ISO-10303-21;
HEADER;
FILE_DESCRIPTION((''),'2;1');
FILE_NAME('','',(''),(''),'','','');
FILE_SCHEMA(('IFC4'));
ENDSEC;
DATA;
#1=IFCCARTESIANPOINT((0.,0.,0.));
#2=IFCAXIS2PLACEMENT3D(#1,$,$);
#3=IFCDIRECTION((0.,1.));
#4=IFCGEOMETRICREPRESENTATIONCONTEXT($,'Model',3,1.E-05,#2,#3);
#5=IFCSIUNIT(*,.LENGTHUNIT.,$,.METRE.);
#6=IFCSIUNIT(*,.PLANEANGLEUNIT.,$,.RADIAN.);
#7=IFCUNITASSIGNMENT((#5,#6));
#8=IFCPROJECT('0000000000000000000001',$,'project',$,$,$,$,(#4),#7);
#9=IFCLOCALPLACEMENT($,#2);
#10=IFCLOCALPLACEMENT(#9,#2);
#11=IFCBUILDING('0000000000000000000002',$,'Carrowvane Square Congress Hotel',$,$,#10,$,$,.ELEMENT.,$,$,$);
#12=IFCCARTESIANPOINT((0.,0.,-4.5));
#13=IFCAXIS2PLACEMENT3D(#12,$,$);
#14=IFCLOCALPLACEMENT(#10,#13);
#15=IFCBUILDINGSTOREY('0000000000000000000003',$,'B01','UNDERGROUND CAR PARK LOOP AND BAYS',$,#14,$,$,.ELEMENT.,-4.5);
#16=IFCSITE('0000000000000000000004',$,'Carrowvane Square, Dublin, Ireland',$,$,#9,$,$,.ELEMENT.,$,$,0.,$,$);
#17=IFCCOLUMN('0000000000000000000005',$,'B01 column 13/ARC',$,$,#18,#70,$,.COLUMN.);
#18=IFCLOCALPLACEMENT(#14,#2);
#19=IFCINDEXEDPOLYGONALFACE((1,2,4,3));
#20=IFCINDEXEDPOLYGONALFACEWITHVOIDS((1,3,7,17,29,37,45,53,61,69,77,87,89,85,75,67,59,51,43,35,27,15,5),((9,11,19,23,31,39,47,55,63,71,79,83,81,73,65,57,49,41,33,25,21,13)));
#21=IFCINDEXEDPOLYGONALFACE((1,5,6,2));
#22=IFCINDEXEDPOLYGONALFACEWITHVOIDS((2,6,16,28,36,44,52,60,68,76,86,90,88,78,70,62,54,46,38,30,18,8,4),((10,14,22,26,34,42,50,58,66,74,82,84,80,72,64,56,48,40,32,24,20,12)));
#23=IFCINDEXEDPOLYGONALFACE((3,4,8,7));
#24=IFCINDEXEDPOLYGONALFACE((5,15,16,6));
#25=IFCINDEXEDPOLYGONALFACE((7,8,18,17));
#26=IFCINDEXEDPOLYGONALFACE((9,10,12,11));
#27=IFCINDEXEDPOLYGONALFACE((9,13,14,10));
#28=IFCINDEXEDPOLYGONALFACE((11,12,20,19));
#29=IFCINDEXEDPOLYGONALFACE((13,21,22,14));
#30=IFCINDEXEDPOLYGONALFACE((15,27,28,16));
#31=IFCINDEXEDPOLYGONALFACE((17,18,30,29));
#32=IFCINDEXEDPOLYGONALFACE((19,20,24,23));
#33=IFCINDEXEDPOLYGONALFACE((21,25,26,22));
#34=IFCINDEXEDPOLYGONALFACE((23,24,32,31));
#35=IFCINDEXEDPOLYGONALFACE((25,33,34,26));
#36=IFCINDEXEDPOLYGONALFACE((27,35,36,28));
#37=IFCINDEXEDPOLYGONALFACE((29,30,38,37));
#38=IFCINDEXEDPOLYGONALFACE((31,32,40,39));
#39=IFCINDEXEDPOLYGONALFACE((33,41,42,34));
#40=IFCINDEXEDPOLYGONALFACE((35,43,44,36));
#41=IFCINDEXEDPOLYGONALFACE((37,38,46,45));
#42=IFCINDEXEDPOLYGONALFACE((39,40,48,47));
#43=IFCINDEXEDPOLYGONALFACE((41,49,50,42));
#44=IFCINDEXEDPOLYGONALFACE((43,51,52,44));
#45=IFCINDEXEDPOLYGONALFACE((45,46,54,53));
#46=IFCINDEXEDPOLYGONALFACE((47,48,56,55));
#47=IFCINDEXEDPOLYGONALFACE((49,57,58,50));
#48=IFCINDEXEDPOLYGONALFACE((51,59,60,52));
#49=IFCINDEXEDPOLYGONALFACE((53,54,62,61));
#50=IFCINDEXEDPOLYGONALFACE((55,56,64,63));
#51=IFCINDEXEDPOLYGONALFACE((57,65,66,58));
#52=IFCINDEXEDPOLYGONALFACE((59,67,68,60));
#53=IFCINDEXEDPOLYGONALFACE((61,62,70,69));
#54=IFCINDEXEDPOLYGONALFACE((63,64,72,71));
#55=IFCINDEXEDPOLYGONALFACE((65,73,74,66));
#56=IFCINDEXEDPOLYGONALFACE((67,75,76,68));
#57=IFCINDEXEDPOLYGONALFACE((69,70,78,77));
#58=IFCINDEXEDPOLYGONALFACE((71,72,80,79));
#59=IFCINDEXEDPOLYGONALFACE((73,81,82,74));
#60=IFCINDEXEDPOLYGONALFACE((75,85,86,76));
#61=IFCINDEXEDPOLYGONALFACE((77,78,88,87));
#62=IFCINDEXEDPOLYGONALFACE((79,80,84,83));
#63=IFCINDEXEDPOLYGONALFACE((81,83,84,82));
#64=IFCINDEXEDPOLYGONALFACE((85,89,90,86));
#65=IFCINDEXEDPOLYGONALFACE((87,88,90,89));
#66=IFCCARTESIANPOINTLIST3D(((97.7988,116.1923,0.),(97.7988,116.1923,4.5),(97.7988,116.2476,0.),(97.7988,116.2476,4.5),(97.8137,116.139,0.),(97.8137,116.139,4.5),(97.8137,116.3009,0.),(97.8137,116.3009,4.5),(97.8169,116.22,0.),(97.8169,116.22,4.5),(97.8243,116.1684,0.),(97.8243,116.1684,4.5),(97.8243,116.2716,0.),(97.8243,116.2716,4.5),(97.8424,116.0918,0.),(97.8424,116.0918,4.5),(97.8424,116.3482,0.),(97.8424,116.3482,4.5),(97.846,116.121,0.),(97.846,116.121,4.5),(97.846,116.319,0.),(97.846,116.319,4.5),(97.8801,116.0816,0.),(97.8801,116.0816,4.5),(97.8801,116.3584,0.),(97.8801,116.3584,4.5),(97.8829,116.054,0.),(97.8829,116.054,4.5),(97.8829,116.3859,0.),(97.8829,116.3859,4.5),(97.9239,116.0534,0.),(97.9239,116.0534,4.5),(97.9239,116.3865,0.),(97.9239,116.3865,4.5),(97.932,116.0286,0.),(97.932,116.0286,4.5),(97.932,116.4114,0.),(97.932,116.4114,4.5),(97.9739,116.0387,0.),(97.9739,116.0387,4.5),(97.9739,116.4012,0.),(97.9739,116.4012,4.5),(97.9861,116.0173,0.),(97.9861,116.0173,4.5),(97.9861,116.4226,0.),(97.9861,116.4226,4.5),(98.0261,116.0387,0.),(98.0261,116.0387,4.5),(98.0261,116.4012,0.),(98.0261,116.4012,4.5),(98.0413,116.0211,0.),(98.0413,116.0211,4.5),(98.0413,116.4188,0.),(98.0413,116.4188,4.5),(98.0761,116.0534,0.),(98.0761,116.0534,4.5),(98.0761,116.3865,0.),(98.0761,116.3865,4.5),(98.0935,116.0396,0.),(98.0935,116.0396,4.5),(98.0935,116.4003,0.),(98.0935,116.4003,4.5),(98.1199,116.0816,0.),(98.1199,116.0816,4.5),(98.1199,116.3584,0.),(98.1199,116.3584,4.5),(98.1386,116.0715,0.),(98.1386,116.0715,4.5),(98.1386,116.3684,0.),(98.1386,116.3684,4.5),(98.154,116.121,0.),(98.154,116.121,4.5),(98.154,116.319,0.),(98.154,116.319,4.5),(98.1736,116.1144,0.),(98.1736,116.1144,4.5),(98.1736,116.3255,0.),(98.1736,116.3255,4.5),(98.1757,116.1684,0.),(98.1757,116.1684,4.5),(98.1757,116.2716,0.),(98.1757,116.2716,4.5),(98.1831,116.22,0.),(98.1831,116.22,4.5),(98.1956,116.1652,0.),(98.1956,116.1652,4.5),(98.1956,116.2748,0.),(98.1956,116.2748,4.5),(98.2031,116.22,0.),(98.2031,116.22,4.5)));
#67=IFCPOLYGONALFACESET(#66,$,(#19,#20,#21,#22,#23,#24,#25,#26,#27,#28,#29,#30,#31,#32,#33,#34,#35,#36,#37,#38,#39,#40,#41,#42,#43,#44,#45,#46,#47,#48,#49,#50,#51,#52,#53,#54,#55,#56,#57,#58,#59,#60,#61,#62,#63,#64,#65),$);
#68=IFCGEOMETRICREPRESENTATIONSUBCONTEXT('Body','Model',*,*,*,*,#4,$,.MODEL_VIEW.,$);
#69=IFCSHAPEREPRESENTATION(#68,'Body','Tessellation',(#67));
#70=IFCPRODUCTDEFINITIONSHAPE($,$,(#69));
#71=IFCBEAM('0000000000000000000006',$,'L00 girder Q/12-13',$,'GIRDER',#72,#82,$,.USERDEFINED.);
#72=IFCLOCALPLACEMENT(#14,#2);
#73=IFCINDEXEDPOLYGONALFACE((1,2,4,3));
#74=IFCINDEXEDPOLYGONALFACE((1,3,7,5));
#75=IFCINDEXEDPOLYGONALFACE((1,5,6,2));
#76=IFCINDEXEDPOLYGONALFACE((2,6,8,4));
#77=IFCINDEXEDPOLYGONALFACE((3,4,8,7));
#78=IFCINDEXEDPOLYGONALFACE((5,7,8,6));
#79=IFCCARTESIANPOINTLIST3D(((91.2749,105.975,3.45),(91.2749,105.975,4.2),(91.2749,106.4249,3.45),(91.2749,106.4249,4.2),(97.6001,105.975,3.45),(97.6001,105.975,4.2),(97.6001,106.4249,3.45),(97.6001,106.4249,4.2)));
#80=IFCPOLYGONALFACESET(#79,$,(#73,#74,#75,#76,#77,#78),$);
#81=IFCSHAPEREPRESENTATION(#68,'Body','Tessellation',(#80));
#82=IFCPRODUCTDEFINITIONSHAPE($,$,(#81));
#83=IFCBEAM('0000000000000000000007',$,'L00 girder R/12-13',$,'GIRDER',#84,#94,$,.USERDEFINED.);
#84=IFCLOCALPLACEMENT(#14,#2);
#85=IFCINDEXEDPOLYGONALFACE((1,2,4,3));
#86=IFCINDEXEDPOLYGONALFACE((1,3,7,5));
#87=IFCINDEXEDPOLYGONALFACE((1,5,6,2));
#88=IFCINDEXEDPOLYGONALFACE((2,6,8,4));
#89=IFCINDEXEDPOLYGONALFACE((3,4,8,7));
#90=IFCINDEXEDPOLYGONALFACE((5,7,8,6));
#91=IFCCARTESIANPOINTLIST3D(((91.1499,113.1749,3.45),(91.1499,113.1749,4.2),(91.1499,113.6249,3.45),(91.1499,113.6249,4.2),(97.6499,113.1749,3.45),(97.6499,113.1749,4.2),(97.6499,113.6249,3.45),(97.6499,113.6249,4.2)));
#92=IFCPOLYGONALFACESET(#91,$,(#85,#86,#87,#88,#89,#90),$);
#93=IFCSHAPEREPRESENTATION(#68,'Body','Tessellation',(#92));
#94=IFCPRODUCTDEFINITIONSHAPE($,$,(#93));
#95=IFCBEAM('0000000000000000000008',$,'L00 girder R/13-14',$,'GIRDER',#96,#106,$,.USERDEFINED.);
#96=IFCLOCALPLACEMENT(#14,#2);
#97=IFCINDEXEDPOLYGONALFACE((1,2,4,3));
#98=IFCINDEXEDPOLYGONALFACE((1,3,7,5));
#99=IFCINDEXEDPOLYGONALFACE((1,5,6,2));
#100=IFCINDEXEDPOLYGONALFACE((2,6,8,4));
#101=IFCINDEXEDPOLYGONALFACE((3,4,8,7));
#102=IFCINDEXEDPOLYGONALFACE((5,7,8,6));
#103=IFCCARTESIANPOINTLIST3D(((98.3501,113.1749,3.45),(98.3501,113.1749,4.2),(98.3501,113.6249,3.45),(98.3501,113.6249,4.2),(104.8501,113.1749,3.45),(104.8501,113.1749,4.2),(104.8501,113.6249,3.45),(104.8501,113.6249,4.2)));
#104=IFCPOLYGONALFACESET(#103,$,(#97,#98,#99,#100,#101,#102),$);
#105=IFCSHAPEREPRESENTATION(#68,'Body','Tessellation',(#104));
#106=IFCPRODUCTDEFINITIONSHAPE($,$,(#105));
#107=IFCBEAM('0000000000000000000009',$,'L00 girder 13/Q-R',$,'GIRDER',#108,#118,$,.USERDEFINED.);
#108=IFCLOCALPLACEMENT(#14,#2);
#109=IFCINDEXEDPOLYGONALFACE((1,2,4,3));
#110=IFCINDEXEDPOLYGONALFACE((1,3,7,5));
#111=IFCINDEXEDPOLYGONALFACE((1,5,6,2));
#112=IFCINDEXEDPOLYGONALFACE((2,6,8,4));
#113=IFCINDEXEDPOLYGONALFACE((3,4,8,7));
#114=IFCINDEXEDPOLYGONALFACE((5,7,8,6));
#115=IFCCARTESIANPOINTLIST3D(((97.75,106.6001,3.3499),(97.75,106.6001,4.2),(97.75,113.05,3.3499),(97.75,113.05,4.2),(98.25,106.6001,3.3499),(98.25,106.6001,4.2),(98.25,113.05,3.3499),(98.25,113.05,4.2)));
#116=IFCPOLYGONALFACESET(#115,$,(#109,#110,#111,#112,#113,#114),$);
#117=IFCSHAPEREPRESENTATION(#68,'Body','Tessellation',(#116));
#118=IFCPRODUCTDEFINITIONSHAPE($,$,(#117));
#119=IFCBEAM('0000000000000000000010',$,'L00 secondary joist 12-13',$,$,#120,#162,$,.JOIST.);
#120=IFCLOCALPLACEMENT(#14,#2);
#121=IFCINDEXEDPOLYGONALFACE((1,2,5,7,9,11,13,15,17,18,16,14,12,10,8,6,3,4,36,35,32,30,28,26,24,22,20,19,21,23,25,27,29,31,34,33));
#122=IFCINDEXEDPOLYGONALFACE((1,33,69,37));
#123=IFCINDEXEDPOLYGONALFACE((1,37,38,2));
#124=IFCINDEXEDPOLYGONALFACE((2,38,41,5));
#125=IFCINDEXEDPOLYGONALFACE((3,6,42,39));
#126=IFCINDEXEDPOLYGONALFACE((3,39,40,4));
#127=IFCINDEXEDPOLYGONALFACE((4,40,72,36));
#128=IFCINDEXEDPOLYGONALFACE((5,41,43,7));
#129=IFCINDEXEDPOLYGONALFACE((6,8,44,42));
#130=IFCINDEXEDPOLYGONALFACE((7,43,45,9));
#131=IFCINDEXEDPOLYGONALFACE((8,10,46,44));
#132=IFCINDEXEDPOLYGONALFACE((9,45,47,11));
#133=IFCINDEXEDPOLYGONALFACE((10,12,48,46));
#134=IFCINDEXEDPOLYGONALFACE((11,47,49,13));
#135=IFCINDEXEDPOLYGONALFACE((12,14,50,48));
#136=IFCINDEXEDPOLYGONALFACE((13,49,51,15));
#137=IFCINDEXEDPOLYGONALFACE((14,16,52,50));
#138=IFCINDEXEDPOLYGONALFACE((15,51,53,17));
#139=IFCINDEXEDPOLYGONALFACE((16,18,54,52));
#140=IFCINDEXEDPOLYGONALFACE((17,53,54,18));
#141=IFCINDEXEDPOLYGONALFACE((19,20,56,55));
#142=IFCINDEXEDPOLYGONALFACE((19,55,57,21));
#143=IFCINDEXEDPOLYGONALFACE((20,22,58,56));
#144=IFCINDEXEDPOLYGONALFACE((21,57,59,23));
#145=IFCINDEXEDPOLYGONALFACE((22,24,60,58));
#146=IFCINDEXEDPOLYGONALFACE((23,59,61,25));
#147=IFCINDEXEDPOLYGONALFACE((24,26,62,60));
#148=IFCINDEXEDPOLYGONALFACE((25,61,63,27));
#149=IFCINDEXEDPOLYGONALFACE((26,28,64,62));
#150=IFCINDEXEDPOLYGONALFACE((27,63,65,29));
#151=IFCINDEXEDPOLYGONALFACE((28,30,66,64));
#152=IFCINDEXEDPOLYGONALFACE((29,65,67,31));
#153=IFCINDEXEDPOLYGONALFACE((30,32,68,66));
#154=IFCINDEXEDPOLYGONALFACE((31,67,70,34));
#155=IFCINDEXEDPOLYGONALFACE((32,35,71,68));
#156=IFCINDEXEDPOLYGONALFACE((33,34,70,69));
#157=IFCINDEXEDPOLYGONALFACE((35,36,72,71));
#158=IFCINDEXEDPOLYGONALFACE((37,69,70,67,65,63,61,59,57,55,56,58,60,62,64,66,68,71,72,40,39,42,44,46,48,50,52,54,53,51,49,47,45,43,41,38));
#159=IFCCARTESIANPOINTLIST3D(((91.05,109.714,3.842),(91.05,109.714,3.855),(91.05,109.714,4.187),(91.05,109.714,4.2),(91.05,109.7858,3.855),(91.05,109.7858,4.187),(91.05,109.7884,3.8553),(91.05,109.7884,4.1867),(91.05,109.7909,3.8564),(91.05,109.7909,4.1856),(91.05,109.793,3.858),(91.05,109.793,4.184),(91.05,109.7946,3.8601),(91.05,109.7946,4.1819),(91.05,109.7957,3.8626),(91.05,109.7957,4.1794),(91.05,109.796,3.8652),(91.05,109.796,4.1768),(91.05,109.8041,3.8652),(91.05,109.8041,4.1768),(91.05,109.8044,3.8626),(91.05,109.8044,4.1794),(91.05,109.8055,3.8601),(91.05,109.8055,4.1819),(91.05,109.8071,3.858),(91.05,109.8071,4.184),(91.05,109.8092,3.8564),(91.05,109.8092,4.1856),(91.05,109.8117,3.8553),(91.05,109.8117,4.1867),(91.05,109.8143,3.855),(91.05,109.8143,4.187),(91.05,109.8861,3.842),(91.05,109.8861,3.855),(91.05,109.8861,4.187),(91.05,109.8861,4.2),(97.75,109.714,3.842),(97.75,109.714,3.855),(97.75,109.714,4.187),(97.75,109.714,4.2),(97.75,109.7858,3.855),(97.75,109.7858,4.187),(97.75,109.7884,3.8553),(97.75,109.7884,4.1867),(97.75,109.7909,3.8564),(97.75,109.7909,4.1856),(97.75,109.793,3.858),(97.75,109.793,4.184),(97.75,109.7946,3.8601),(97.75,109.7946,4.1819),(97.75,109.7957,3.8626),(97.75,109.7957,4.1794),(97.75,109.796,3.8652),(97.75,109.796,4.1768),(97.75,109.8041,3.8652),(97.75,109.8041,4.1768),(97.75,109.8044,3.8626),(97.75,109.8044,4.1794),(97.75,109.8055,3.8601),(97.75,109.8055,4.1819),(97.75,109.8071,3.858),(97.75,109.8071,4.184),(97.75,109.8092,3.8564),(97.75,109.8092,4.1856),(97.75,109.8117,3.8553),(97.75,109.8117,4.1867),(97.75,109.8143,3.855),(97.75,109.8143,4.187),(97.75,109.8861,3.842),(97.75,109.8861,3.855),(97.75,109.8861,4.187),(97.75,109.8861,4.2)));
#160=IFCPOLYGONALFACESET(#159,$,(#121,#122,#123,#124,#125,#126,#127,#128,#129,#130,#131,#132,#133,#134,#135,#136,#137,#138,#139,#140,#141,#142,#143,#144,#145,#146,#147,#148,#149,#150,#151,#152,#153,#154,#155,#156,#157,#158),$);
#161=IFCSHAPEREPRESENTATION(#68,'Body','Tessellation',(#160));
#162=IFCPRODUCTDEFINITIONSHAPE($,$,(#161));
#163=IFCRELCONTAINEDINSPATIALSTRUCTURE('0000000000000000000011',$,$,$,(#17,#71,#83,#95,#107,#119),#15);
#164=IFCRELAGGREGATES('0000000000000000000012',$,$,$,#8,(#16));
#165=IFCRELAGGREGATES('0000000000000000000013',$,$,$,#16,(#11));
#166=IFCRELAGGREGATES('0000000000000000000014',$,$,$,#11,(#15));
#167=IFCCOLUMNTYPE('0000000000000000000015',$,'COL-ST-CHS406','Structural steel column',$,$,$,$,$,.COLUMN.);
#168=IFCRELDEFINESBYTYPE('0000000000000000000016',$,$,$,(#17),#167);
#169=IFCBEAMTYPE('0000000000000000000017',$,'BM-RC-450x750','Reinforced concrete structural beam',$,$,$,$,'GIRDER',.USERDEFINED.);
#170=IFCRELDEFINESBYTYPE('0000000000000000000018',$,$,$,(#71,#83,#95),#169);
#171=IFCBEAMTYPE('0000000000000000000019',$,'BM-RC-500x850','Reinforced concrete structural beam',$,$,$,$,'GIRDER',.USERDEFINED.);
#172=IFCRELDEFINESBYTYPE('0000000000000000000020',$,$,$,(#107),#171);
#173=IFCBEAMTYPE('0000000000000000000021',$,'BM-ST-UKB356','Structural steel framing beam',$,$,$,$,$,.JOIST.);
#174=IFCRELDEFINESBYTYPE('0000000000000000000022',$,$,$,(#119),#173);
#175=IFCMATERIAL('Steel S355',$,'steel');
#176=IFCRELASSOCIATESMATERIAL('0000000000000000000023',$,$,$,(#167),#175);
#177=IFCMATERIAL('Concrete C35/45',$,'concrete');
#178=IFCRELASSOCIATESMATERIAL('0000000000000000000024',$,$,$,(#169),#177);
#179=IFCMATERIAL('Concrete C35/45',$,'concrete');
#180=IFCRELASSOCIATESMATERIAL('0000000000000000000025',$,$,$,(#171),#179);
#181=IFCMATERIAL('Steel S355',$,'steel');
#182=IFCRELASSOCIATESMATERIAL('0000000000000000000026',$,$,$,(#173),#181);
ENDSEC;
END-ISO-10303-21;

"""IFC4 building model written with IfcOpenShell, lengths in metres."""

from ifc_helpers import new_model, si_unit, direction, frame, origin, origin_2d, place, context, subcontext, project, spatial, rectangle, hollow_circle, i_section, extrude, material, material_profile, profile_set, type_object, element, save


model = new_model("IFC4")

# Units and contexts
model_context = context("Model", 3, precision=1e-05, world=origin(), true_north=direction((0.0, 1.0)))
body_context = subcontext(model_context, "Body", "Model", "MODEL_VIEW")
ifc_project = project(units=[si_unit("LENGTHUNIT", "METRE"), si_unit("PLANEANGLEUNIT", "RADIAN")], contexts=[model_context])

# Site, building, storey
site_placement = place(None, origin())
site = spatial("IfcSite", under=ifc_project, at=site_placement, Name="Carrowvane Square, Dublin, Ireland", CompositionType="ELEMENT", RefElevation=0.0)
building_placement = place(site_placement, origin())
building = spatial("IfcBuilding", under=site, at=building_placement, Name="Carrowvane Square Congress Hotel", CompositionType="ELEMENT")
storey_placement = place(building_placement, frame((0.0, 0.0, -4.5)))
storey = spatial("IfcBuildingStorey", under=building, at=storey_placement, Name="B01", Description="UNDERGROUND CAR PARK LOOP AND BAYS", CompositionType="ELEMENT", Elevation=-4.5)

# Column
ifc_material_1 = material(Name="Steel S355", Category="steel")
ifc_material_profile_1 = material_profile(ifc_material_1, hollow_circle(Radius=0.2031, WallThickness=0.02, at=origin_2d()), Name="CHS 406.4x20")
ifc_profile_set_1 = profile_set([ifc_material_profile_1], Name="Steel S355")
column_type_1 = type_object("IfcColumnType", Name="COL-ST-CHS406", Description="Structural steel column", PredefinedType="COLUMN", material=ifc_profile_set_1)
column_1_placement = place(storey_placement, frame((98.0, 116.22, 0.0), z_axis=(0.0, 0.0, 1.0), x_axis=(1.0, 0.0, 0.0)))
element("IfcColumn", 1, at=column_1_placement, inside=storey, type_object=column_type_1, Name="B01 column 13/ARC", PredefinedType="COLUMN", context=body_context, shape_type="SweptSolid", body=[
    extrude(hollow_circle(Radius=0.2031, WallThickness=0.02, at=origin_2d()), origin(), (0.0, 0.0, 1.0), 4.5),
])

# Beams
ifc_material_2 = material(Name="Concrete C35/45", Category="concrete")
ifc_material_profile_2 = material_profile(ifc_material_2, rectangle(XDim=0.45, YDim=0.75, at=origin_2d()), Name="RC 450x750")
ifc_profile_set_2 = profile_set([ifc_material_profile_2], Name="Concrete C35/45")
beam_type_1 = type_object("IfcBeamType", Name="BM-RC-450x750", Description="Reinforced concrete structural beam", ElementType="GIRDER", PredefinedType="USERDEFINED", material=ifc_profile_set_2)
beam_1_placement = place(storey_placement, frame((91.2749, 106.2, 3.825), z_axis=(1.0, 0.0, 0.0), x_axis=(0.0, 1.0, 0.0)))
element("IfcBeam", 2, at=beam_1_placement, inside=storey, type_object=beam_type_1, Name="L00 girder Q/12-13", ObjectType="GIRDER", PredefinedType="USERDEFINED", context=body_context, shape_type="SweptSolid", body=[
    extrude(rectangle(XDim=0.45, YDim=0.75, at=origin_2d()), origin(), (0.0, 0.0, 1.0), 6.3252),
])
for number, where, z_axis, x_axis, name in (
    (3, (91.1499, 113.3999, 3.825), (1.0, 0.0, 0.0), (0.0, 1.0, 0.0), "L00 girder R/12-13"),
    (4, (98.3501, 113.3999, 3.825), (1.0, 0.0, 0.0), (0.0, 1.0, 0.0), "L00 girder R/13-14"),
):
    element("IfcBeam", number, at=place(storey_placement, frame(where, z_axis=z_axis, x_axis=x_axis)), inside=storey, type_object=beam_type_1, Name=name, ObjectType="GIRDER", PredefinedType="USERDEFINED", context=body_context, shape_type="SweptSolid", body=[
        extrude(rectangle(XDim=0.45, YDim=0.75, at=origin_2d()), origin(), (0.0, 0.0, 1.0), 6.5),
    ])
ifc_material_3 = material(Name="Concrete C35/45", Category="concrete")
ifc_material_profile_3 = material_profile(ifc_material_3, rectangle(XDim=0.5, YDim=0.8501, at=origin_2d()), Name="RC 500x850")
ifc_profile_set_3 = profile_set([ifc_material_profile_3], Name="Concrete C35/45")
beam_type_2 = type_object("IfcBeamType", Name="BM-RC-500x850", Description="Reinforced concrete structural beam", ElementType="GIRDER", PredefinedType="USERDEFINED", material=ifc_profile_set_3)
beam_2_placement = place(storey_placement, frame((98.0, 106.6001, 3.7749), z_axis=(0.0, 1.0, 0.0), x_axis=(-1.0, 0.0, 0.0)))
element("IfcBeam", 5, at=beam_2_placement, inside=storey, type_object=beam_type_2, Name="L00 girder 13/Q-R", ObjectType="GIRDER", PredefinedType="USERDEFINED", context=body_context, shape_type="SweptSolid", body=[
    extrude(rectangle(XDim=0.5, YDim=0.8501, at=origin_2d()), origin(), (0.0, 0.0, 1.0), 6.45),
])
ifc_material_4 = material(Name="Steel S355", Category="steel")
ifc_material_profile_4 = material_profile(ifc_material_4, i_section(OverallWidth=0.1721, OverallDepth=0.3579, WebThickness=0.0081, FlangeThickness=0.0129, FilletRadius=0.0103, at=origin_2d()), Name="UKB 356x171x57")
ifc_profile_set_4 = profile_set([ifc_material_profile_4], Name="Steel S355")
beam_type_3 = type_object("IfcBeamType", Name="BM-ST-UKB356", Description="Structural steel framing beam", PredefinedType="JOIST", material=ifc_profile_set_4)
for number, where, z_axis, x_axis, name in (
    (6, (91.05, 109.8, 4.021), (1.0, 0.0, 0.0), (0.0, 1.0, 0.0), "L00 secondary joist 12-13"),
):
    element("IfcBeam", number, at=place(storey_placement, frame(where, z_axis=z_axis, x_axis=x_axis)), inside=storey, type_object=beam_type_3, Name=name, PredefinedType="JOIST", context=body_context, shape_type="SweptSolid", body=[
        extrude(i_section(OverallWidth=0.1721, OverallDepth=0.3579, WebThickness=0.0081, FlangeThickness=0.0129, FilletRadius=0.0103, at=origin_2d()), origin(), (0.0, 0.0, 1.0), 6.7),
    ])

save(model, "model.ifc")
